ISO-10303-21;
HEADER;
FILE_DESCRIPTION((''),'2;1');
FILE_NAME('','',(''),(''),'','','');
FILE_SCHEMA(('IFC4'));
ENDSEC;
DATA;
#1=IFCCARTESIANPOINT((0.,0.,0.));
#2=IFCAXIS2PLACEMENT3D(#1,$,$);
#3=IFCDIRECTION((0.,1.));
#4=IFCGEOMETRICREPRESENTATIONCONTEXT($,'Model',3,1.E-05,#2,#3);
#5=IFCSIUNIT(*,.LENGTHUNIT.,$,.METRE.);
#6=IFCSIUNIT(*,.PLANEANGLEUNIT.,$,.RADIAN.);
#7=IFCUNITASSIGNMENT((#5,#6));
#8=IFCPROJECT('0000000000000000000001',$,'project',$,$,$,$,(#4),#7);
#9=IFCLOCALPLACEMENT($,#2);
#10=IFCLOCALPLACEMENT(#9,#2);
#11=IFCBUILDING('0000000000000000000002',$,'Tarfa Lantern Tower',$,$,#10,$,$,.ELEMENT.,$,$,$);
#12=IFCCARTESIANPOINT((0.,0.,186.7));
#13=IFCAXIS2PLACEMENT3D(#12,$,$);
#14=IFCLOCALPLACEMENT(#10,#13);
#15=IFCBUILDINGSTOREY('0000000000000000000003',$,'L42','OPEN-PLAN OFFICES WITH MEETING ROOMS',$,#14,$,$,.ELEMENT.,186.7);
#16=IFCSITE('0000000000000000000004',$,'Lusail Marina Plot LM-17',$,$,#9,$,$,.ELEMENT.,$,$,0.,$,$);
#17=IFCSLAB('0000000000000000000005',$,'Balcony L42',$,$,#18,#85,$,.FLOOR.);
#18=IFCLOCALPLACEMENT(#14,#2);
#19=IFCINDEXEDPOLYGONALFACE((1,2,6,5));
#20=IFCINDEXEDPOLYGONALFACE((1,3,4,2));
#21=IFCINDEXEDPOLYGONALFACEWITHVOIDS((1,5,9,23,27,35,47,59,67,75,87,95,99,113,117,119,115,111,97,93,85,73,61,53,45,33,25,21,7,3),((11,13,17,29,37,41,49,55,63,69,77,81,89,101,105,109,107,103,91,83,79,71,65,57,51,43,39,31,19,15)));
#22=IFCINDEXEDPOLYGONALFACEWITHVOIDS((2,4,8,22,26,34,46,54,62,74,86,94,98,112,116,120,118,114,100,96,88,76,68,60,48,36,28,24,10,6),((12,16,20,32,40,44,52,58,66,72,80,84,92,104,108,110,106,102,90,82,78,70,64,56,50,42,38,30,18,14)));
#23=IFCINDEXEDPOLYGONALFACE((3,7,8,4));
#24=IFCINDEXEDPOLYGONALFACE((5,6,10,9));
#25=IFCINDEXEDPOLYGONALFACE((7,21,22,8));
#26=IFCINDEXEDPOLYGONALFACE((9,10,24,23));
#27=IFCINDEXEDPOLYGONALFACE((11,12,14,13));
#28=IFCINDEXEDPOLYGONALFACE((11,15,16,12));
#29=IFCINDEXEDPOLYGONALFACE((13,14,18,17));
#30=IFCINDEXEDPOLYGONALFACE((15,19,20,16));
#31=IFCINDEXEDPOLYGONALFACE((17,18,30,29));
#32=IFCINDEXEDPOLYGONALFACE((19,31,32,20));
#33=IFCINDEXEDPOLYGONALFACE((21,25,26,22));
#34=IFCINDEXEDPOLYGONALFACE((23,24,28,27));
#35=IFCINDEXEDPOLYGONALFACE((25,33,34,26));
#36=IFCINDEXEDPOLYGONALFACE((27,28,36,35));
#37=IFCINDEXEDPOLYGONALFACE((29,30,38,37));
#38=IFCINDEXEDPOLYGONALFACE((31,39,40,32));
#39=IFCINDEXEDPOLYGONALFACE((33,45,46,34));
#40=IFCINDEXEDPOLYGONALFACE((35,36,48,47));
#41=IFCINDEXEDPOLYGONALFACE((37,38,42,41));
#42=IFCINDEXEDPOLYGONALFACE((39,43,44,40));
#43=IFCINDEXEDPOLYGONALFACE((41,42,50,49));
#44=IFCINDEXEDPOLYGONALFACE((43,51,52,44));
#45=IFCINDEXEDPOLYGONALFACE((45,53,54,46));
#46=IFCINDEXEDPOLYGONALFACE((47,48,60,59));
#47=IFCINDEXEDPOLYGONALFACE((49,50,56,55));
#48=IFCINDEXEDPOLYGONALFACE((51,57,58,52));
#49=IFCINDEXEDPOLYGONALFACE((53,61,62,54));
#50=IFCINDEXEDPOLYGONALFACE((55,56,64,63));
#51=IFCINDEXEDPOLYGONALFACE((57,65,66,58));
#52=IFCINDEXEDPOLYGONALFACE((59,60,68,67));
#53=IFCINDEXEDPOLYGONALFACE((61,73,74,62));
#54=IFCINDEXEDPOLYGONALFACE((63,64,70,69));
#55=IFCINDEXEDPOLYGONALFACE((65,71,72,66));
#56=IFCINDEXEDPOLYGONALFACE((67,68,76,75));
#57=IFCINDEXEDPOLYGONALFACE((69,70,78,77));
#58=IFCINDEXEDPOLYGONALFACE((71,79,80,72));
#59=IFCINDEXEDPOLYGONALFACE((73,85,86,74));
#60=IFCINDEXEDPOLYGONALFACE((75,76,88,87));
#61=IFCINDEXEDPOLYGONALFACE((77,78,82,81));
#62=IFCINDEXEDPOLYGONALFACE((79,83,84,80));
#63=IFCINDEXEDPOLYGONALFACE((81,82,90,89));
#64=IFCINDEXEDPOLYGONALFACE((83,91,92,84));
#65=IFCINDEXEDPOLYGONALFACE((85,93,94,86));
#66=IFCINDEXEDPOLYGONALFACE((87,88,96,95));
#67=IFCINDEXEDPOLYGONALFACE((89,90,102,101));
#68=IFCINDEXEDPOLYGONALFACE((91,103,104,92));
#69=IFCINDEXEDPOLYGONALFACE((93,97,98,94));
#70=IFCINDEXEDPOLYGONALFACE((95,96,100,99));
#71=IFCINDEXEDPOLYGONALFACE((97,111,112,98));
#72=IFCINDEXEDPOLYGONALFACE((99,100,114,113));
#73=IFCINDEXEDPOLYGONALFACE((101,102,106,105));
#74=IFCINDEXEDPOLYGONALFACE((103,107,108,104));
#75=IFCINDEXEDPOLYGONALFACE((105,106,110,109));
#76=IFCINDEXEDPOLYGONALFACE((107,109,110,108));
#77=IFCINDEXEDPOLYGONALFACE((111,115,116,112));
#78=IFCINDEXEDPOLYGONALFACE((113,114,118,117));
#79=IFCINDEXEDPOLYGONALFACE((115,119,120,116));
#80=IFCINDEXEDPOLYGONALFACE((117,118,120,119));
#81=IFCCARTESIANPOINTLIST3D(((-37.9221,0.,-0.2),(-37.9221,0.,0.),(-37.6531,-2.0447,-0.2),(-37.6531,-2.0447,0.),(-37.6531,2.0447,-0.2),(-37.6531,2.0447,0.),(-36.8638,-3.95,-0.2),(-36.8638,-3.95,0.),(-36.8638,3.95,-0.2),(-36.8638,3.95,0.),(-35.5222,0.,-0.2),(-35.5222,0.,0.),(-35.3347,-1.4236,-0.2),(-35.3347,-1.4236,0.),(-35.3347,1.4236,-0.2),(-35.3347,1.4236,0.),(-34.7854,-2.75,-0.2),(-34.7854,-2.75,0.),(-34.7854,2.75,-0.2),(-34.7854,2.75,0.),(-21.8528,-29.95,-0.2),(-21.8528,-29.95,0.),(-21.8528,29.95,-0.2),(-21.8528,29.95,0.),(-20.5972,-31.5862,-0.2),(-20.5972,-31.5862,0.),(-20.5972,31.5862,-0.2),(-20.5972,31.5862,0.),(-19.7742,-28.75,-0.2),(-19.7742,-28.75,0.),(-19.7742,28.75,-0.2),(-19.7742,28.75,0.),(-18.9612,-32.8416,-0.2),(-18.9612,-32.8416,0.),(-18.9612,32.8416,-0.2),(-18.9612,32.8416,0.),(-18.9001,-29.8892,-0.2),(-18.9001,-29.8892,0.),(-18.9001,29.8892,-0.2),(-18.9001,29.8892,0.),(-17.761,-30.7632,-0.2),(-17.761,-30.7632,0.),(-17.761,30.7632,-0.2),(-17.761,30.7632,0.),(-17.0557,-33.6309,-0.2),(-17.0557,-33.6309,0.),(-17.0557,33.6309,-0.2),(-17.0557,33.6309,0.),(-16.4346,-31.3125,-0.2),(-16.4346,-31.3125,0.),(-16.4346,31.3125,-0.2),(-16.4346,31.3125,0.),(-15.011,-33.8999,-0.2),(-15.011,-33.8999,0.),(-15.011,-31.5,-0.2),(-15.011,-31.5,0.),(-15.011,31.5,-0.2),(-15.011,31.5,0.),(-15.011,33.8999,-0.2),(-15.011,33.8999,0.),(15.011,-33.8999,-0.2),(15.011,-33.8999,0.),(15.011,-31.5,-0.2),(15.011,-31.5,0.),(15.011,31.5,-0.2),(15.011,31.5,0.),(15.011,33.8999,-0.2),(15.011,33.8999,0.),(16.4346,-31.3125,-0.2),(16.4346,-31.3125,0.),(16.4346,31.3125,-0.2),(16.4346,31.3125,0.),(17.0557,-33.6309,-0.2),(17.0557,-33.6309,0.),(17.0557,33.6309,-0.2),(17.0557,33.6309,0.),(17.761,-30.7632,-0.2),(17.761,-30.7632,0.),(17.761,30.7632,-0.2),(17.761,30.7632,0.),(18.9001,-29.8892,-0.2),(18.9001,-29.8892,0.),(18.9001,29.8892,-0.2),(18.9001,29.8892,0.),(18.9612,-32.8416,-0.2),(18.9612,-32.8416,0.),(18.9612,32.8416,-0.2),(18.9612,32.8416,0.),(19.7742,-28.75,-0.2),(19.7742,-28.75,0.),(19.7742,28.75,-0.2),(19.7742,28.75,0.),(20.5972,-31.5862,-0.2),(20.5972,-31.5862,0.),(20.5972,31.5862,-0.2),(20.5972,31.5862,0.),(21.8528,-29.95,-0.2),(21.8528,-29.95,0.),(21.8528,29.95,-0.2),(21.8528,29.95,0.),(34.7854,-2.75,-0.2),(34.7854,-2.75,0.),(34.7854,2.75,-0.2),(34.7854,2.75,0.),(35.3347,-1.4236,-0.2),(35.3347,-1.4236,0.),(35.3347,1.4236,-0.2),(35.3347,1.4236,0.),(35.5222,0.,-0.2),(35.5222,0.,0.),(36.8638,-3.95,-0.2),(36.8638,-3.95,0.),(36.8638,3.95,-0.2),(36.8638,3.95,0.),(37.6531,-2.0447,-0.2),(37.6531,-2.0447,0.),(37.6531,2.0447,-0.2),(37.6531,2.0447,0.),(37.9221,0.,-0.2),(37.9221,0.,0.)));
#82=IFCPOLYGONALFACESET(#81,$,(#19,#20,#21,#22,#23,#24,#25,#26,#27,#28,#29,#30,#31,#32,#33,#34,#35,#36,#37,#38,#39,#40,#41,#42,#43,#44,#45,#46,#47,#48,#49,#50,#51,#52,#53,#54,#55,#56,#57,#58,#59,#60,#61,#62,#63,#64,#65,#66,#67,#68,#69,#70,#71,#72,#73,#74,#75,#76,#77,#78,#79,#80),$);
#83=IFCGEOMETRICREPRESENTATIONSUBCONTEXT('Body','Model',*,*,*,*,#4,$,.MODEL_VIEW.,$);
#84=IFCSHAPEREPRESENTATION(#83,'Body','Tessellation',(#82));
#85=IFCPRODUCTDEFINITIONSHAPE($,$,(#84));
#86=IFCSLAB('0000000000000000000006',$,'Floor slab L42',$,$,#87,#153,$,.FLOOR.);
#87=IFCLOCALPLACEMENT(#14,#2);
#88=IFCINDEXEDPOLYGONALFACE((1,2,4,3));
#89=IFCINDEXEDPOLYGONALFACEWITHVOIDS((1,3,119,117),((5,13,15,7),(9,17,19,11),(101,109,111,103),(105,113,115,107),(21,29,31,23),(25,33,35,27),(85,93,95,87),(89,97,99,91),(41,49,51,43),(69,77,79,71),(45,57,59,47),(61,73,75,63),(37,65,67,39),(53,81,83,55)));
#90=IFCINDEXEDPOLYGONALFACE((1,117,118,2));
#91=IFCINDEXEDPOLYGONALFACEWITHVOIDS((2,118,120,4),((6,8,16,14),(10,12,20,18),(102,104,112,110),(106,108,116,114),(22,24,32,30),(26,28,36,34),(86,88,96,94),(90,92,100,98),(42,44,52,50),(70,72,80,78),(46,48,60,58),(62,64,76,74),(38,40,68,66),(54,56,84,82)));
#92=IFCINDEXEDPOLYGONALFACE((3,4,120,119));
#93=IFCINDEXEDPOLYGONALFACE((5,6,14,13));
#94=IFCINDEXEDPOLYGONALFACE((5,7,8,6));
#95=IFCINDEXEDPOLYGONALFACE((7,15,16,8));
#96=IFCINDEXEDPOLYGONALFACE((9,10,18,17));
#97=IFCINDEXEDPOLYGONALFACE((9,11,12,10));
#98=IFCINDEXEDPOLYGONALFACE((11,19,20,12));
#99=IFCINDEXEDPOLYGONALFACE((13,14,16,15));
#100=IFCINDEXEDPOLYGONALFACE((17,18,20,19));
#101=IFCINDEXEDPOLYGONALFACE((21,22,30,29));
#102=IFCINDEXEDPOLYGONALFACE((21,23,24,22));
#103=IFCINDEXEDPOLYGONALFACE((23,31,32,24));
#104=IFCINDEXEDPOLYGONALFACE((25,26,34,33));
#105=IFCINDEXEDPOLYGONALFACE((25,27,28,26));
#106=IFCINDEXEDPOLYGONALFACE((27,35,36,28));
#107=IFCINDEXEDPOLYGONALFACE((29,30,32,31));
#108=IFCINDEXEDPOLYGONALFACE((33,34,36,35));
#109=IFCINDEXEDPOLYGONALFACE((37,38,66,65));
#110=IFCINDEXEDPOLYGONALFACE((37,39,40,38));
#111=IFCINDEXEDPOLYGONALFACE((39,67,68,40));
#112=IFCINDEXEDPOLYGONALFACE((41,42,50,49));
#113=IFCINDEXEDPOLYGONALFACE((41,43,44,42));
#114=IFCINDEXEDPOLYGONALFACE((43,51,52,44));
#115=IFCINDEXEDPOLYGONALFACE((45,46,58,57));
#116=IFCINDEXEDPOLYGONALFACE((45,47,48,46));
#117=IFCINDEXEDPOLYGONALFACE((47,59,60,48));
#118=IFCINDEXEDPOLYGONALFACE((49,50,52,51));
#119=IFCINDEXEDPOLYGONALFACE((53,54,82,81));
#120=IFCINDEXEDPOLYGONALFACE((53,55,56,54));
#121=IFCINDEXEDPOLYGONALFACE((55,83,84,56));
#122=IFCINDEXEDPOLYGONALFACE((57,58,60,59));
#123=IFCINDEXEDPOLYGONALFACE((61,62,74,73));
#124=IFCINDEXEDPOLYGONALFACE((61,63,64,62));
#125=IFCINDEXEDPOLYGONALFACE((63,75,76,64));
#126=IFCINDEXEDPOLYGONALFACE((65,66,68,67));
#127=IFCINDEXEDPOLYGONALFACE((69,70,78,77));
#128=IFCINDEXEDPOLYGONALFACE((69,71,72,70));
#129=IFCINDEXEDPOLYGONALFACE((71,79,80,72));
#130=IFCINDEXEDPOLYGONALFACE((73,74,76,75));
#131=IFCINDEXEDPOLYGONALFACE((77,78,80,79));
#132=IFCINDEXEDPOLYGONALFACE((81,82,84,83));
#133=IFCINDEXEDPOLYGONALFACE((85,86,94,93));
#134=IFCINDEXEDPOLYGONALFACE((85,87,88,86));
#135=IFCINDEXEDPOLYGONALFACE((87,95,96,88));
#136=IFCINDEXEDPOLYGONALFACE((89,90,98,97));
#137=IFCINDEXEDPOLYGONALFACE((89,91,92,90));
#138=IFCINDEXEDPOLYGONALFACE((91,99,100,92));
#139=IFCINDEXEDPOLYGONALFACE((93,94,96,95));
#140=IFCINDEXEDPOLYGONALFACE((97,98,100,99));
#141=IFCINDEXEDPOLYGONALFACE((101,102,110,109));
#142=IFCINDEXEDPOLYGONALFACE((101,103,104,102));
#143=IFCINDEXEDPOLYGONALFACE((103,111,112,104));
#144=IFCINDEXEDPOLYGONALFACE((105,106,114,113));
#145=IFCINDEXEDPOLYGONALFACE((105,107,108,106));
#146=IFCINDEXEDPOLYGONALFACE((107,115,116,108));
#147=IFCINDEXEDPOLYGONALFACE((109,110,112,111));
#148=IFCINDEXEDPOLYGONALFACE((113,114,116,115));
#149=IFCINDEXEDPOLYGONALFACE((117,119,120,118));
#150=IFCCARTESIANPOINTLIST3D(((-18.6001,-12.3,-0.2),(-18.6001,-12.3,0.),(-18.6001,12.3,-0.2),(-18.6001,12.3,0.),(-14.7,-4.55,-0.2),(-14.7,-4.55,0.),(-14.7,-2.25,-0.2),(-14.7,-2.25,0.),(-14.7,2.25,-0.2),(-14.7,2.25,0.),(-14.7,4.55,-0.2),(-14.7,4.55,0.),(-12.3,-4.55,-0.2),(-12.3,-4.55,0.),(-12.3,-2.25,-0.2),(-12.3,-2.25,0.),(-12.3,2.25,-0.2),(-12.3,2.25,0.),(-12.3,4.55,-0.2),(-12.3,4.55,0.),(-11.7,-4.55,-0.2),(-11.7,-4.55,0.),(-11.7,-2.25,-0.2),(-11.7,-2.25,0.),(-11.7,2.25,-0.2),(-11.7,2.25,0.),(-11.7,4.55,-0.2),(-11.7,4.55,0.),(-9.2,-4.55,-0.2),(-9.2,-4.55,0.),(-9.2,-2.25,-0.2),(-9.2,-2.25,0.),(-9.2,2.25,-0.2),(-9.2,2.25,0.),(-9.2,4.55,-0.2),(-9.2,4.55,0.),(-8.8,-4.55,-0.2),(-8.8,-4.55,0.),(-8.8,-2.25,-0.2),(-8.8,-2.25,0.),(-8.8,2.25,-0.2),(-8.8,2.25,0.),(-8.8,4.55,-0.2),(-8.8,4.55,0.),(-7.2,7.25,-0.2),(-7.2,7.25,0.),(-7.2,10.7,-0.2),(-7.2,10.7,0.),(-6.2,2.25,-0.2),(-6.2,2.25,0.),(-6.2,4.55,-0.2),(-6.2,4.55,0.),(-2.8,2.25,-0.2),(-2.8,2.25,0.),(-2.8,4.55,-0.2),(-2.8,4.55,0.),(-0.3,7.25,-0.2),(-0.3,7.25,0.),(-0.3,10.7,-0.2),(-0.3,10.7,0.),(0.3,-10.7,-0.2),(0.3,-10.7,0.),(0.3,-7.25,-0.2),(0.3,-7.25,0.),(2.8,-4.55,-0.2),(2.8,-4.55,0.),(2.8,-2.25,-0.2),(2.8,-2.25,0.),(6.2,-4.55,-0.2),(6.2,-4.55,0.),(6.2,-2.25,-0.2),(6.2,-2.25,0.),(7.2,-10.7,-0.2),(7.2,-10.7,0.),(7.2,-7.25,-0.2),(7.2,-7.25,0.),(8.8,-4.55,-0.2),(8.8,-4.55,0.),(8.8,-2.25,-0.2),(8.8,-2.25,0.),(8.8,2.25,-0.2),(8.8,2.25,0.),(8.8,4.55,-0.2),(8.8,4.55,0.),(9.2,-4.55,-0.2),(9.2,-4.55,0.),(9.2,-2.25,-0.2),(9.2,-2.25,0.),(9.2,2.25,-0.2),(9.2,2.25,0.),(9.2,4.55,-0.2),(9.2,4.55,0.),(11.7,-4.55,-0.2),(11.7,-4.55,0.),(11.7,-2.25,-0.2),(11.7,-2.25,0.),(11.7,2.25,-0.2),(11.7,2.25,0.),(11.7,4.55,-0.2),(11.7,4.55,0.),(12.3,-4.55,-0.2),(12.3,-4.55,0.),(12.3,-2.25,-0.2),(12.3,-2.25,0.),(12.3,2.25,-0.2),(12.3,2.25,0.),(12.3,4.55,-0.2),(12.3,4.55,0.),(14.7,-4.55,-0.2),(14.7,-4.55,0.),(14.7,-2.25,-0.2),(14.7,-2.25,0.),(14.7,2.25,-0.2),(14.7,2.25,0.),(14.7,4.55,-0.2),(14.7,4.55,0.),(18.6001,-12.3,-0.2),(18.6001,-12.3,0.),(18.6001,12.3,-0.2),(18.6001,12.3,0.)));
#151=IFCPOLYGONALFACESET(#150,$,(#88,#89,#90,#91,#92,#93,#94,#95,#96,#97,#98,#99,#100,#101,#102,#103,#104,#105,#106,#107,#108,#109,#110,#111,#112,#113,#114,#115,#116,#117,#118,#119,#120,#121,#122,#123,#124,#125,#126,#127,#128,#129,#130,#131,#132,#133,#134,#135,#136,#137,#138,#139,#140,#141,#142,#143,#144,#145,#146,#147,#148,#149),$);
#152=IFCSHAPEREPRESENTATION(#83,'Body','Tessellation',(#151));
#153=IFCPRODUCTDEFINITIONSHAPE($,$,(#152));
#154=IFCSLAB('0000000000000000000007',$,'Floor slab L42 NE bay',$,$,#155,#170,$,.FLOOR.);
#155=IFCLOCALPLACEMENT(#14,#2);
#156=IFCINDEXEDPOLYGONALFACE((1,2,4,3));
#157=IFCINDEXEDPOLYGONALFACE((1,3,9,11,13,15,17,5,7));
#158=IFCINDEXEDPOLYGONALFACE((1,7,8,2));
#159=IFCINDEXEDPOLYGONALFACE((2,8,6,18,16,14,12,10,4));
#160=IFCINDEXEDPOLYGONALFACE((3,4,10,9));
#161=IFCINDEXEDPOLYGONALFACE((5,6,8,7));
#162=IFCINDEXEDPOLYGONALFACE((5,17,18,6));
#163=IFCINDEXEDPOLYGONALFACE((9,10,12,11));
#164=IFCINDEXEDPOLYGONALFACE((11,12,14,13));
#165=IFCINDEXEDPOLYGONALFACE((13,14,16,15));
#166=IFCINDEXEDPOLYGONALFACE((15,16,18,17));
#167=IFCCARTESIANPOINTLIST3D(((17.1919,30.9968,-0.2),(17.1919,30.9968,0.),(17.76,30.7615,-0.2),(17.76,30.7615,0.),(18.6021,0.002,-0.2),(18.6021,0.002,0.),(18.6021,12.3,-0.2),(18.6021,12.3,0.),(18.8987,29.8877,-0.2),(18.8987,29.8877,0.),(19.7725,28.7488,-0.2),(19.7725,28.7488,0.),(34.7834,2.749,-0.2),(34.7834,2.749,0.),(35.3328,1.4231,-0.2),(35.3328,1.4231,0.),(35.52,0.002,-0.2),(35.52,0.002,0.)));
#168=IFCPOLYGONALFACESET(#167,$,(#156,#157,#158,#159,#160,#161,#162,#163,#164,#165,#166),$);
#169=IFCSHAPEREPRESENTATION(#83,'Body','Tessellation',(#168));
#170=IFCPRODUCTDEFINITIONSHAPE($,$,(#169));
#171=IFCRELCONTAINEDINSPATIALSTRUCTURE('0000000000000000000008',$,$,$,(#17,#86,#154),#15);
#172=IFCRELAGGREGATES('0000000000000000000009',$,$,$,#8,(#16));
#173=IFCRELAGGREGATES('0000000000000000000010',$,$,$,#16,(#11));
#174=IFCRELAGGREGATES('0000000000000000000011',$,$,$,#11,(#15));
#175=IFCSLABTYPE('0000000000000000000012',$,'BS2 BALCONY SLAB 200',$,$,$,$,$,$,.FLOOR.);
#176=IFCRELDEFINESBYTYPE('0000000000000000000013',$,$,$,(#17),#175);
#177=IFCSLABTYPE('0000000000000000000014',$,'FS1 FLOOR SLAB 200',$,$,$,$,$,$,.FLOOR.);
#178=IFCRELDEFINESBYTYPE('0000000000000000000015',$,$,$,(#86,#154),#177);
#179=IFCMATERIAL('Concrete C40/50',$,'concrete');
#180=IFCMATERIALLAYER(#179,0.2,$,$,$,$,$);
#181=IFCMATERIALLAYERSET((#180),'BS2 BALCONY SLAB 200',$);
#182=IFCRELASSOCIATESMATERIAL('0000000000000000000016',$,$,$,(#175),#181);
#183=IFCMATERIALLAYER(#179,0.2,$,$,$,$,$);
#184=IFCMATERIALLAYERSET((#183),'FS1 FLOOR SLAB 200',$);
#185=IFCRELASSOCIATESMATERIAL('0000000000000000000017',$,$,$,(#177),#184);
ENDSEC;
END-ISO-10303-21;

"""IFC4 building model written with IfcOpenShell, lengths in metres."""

from ifc_helpers import new_model, si_unit, direction, frame, origin, place, context, subcontext, project, spatial, polyline, outline, extrude, material, layer, layer_set, type_object, element, save


model = new_model("IFC4")

# Units and contexts
model_context = context("Model", 3, precision=1e-05, world=origin(), true_north=direction((0.0, 1.0)))
body_context = subcontext(model_context, "Body", "Model", "MODEL_VIEW")
ifc_project = project(units=[si_unit("LENGTHUNIT", "METRE"), si_unit("PLANEANGLEUNIT", "RADIAN")], contexts=[model_context])

# Site, building, storey
site_placement = place(None, origin())
site = spatial("IfcSite", under=ifc_project, at=site_placement, Name="Lusail Marina Plot LM-17", CompositionType="ELEMENT", RefElevation=0.0)
building_placement = place(site_placement, origin())
building = spatial("IfcBuilding", under=site, at=building_placement, Name="Tarfa Lantern Tower", CompositionType="ELEMENT")
storey_placement = place(building_placement, frame((0.0, 0.0, 186.7)))
storey = spatial("IfcBuildingStorey", under=building, at=storey_placement, Name="L42", Description="OPEN-PLAN OFFICES WITH MEETING ROOMS", CompositionType="ELEMENT", Elevation=186.7)

# Slabs
ifc_material_1 = material(Name="Concrete C40/50", Category="concrete")
ifc_layer_1 = layer(ifc_material_1, 0.2)
ifc_layer_set_1 = layer_set([ifc_layer_1], Name="BS2 BALCONY SLAB 200")
slab_type_1 = type_object("IfcSlabType", Name="BS2 BALCONY SLAB 200", PredefinedType="FLOOR", material=ifc_layer_set_1)
slab_1_placement = place(storey_placement, frame((0.0, 0.0, -0.2)))
element("IfcSlab", 1, at=slab_1_placement, inside=storey, type_object=slab_type_1, Name="Balcony L42", PredefinedType="FLOOR", context=body_context, shape_type="SweptSolid", body=[
    extrude(outline(polyline([(36.8638, 3.95), (21.8528, 29.95), (20.5972, 31.5862), (18.9612, 32.8416), (17.0557, 33.6309), (15.011, 33.8999), (-15.011, 33.8999), (-17.0557, 33.6309), (-18.9612, 32.8416), (-20.5972, 31.5862), (-21.8528, 29.95), (-36.8638, 3.95), (-37.6531, 2.0447), (-37.9221, 0.0), (-37.6531, -2.0447), (-36.8638, -3.95), (-21.8528, -29.95), (-20.5972, -31.5862), (-18.9612, -32.8416), (-17.0557, -33.6309), (-15.011, -33.8999), (15.011, -33.8999), (17.0557, -33.6309), (18.9612, -32.8416), (20.5972, -31.5862), (21.8528, -29.95), (36.8638, -3.95), (37.6531, -2.0447), (37.9221, 0.0), (37.6531, 2.0447), (36.8638, 3.95)]), holes=[polyline([(34.7854, 2.75), (19.7742, 28.75), (18.9001, 29.8892), (17.761, 30.7632), (16.4346, 31.3125), (15.011, 31.5), (-15.011, 31.5), (-16.4346, 31.3125), (-17.761, 30.7632), (-18.9001, 29.8892), (-19.7742, 28.75), (-34.7854, 2.75), (-35.3347, 1.4236), (-35.5222, 0.0), (-35.3347, -1.4236), (-34.7854, -2.75), (-19.7742, -28.75), (-18.9001, -29.8892), (-17.761, -30.7632), (-16.4346, -31.3125), (-15.011, -31.5), (15.011, -31.5), (16.4346, -31.3125), (17.761, -30.7632), (18.9001, -29.8892), (19.7742, -28.75), (34.7854, -2.75), (35.3347, -1.4236), (35.5222, 0.0), (35.3347, 1.4236), (34.7854, 2.75)])]), origin(), (0.0, 0.0, 1.0), 0.2),
])
ifc_layer_2 = layer(ifc_material_1, 0.2)
ifc_layer_set_2 = layer_set([ifc_layer_2], Name="FS1 FLOOR SLAB 200")
slab_type_2 = type_object("IfcSlabType", Name="FS1 FLOOR SLAB 200", PredefinedType="FLOOR", material=ifc_layer_set_2)
slab_2_placement = place(storey_placement, frame((0.0, 0.0, -0.2)))
element("IfcSlab", 2, at=slab_2_placement, inside=storey, type_object=slab_type_2, Name="Floor slab L42", PredefinedType="FLOOR", context=body_context, shape_type="SweptSolid", body=[
    extrude(outline(polyline([(-18.6001, -12.3), (18.6001, -12.3), (18.6001, 12.3), (-18.6001, 12.3), (-18.6001, -12.3)]), holes=[polyline([(-14.7, 2.25), (-12.3, 2.25), (-12.3, 4.55), (-14.7, 4.55), (-14.7, 2.25)]), polyline([(-11.7, 2.25), (-9.2, 2.25), (-9.2, 4.55), (-11.7, 4.55), (-11.7, 2.25)]), polyline([(-8.8, 2.25), (-6.2, 2.25), (-6.2, 4.55), (-8.8, 4.55), (-8.8, 2.25)]), polyline([(-2.8, 2.25), (8.8, 2.25), (8.8, 4.55), (-2.8, 4.55), (-2.8, 2.25)]), polyline([(9.2, 2.25), (11.7, 2.25), (11.7, 4.55), (9.2, 4.55), (9.2, 2.25)]), polyline([(12.3, 2.25), (14.7, 2.25), (14.7, 4.55), (12.3, 4.55), (12.3, 2.25)]), polyline([(14.7, -2.25), (12.3, -2.25), (12.3, -4.55), (14.7, -4.55), (14.7, -2.25)]), polyline([(11.7, -2.25), (9.2, -2.25), (9.2, -4.55), (11.7, -4.55), (11.7, -2.25)]), polyline([(8.8, -2.25), (6.2, -2.25), (6.2, -4.55), (8.8, -4.55), (8.8, -2.25)]), polyline([(2.8, -2.25), (-8.8, -2.25), (-8.8, -4.55), (2.8, -4.55), (2.8, -2.25)]), polyline([(-9.2, -2.25), (-11.7, -2.25), (-11.7, -4.55), (-9.2, -4.55), (-9.2, -2.25)]), polyline([(-12.3, -2.25), (-14.7, -2.25), (-14.7, -4.55), (-12.3, -4.55), (-12.3, -2.25)]), polyline([(-7.2, 7.25), (-0.3, 7.25), (-0.3, 10.7), (-7.2, 10.7), (-7.2, 7.25)]), polyline([(7.2, -7.25), (0.3, -7.25), (0.3, -10.7), (7.2, -10.7), (7.2, -7.25)])]), origin(), (0.0, 0.0, 1.0), 0.2),
])
slab_3_placement = place(storey_placement, frame((0.0, 0.0, -0.2)))
element("IfcSlab", 3, at=slab_3_placement, inside=storey, type_object=slab_type_2, Name="Floor slab L42 NE bay", PredefinedType="FLOOR", context=body_context, shape_type="SweptSolid", body=[
    extrude(outline(polyline([(34.7834, 2.749), (19.7725, 28.7488), (18.8987, 29.8877), (17.76, 30.7615), (17.1919, 30.9968), (18.6021, 12.3), (18.6021, 0.002), (35.52, 0.002), (35.3328, 1.4231), (34.7834, 2.749)])), origin(), (0.0, 0.0, 1.0), 0.2),
])

save(model, "model.ifc")
